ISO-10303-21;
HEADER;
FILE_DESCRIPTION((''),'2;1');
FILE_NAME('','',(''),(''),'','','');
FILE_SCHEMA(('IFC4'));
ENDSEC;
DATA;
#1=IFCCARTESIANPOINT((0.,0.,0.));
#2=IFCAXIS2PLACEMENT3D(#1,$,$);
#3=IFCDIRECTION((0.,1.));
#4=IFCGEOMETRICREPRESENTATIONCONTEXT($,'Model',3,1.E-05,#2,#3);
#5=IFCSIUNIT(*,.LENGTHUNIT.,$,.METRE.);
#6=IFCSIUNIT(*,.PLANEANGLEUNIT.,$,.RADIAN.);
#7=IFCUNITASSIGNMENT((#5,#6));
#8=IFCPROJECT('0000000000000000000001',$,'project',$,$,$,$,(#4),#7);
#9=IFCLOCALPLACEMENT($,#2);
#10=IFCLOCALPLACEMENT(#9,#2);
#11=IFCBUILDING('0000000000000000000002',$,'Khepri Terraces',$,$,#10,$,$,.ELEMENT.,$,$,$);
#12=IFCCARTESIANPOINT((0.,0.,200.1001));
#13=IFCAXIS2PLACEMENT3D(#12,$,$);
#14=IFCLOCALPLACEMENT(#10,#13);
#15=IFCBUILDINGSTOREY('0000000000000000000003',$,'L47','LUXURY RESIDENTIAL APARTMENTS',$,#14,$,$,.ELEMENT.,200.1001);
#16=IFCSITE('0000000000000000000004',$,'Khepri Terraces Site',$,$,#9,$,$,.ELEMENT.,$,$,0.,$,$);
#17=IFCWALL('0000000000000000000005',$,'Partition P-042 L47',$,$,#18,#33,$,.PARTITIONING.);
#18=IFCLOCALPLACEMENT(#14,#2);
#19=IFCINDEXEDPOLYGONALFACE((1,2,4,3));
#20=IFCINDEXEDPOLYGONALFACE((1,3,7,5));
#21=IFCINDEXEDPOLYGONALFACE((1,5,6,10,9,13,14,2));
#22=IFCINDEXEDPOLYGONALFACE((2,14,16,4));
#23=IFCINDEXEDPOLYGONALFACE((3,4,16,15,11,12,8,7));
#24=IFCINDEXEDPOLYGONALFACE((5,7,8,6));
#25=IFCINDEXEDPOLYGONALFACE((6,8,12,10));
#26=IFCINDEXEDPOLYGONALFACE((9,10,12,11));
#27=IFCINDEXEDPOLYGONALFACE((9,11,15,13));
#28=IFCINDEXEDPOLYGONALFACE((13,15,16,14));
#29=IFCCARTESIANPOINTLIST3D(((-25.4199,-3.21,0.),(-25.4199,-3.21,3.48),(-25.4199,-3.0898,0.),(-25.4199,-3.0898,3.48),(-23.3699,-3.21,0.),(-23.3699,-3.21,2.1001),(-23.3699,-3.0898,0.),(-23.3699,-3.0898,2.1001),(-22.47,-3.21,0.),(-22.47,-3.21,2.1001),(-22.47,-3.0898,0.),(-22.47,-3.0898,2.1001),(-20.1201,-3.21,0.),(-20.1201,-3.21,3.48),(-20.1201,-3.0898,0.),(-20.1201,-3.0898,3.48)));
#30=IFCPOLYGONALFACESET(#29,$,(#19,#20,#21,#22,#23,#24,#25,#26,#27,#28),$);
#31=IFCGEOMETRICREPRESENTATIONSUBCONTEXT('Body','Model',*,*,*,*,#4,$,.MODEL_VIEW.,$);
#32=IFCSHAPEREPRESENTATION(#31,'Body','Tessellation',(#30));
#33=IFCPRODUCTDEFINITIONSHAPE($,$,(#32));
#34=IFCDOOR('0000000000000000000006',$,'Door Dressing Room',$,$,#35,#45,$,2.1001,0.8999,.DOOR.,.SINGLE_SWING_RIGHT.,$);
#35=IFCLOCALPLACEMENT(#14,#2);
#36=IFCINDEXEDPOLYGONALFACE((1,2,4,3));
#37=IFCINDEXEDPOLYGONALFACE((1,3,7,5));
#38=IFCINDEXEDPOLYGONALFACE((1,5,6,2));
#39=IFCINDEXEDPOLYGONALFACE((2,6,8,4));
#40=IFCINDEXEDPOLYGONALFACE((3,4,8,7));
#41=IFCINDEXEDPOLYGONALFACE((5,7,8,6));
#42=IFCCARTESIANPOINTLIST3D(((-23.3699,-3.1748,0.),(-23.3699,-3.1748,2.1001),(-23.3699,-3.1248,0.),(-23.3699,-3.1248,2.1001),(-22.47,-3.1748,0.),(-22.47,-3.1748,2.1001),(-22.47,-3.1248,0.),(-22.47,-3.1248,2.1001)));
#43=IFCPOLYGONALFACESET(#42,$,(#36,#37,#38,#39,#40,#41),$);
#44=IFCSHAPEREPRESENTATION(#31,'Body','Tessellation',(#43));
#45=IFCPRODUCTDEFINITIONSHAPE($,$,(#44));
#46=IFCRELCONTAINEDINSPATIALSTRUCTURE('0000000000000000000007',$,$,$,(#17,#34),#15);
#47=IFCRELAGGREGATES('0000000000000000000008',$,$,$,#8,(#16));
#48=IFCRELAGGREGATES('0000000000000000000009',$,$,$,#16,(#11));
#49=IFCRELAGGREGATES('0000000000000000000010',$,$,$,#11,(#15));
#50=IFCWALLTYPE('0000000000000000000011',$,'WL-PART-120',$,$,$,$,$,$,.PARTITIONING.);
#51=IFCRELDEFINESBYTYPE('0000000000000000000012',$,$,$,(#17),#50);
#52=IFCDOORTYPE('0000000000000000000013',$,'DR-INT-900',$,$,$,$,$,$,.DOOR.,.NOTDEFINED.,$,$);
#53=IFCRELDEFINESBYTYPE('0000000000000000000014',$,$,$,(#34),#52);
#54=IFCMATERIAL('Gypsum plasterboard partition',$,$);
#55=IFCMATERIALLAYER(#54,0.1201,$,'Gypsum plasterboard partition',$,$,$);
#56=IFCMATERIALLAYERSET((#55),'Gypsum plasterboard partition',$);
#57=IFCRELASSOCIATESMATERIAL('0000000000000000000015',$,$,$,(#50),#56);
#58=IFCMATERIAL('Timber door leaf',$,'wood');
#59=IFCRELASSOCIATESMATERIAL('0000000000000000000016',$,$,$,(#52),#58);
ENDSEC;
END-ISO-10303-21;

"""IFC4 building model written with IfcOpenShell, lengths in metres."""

from ifc_helpers import new_model, si_unit, direction, frame, frame_2d, origin, place, context, subcontext, project, spatial, rectangle, extrude, material, layer, layer_set, type_object, element, fill, save


model = new_model("IFC4")

# Units and contexts
model_context = context("Model", 3, precision=1e-05, world=origin(), true_north=direction((0.0, 1.0)))
body_context = subcontext(model_context, "Body", "Model", "MODEL_VIEW")
ifc_project = project(units=[si_unit("LENGTHUNIT", "METRE"), si_unit("PLANEANGLEUNIT", "RADIAN")], contexts=[model_context])

# Site, building, storey
site_placement = place(None, origin())
site = spatial("IfcSite", under=ifc_project, at=site_placement, Name="Khepri Terraces Site", CompositionType="ELEMENT", RefElevation=0.0)
building_placement = place(site_placement, origin())
building = spatial("IfcBuilding", under=site, at=building_placement, Name="Khepri Terraces", CompositionType="ELEMENT")
storey_placement = place(building_placement, frame((0.0, 0.0, 200.1001)))
storey = spatial("IfcBuildingStorey", under=building, at=storey_placement, Name="L47", Description="LUXURY RESIDENTIAL APARTMENTS", CompositionType="ELEMENT", Elevation=200.1001)

# Shared definitions
ifc_material_1 = material(Name="Gypsum plasterboard partition")
ifc_layer_1 = layer(ifc_material_1, 0.1201, Name="Gypsum plasterboard partition")
ifc_layer_set_1 = layer_set([ifc_layer_1], Name="Gypsum plasterboard partition")
wall_type_1 = type_object("IfcWallType", Name="WL-PART-120", PredefinedType="PARTITIONING", material=ifc_layer_set_1)

# Wall, opening, door
wall_1_placement = place(storey_placement, frame((-25.4199, -3.1499, 0.0), z_axis=(0.0, 0.0, 1.0), x_axis=(1.0, 0.0, 0.0)))
wall_1 = element("IfcWall", 1, at=wall_1_placement, inside=storey, type_object=wall_type_1, Name="Partition P-042 L47", PredefinedType="PARTITIONING", context=body_context, shape_type="SweptSolid", body=[
    extrude(rectangle(XDim=5.2998, YDim=0.1201, at=frame_2d((2.6499, 0.0))), origin(), (0.0, 0.0, 1.0), 3.48),
])
opening_1_placement = place(wall_1_placement, frame((2.05, 0.0, 0.0)))
opening_1 = element("IfcOpeningElement", 2, at=opening_1_placement, cuts=wall_1, PredefinedType="OPENING", context=body_context, shape_type="SweptSolid", body=[
    extrude(rectangle(XDim=0.8999, YDim=2.1001, at=frame_2d((0.45, 1.05))), frame((0.0, 0.0701, 0.0), z_axis=(0.0, -1.0, 0.0), x_axis=(1.0, 0.0, 0.0)), (0.0, 0.0, 1.0), 0.1401),
])
ifc_material_2 = material(Name="Timber door leaf", Category="wood")
door_type_1 = type_object("IfcDoorType", Name="DR-INT-900", OperationType="NOTDEFINED", PredefinedType="DOOR", material=ifc_material_2)
door_1_placement = place(opening_1_placement, frame((0.8999, 0.0, 0.0), z_axis=(0.0, 0.0, 1.0), x_axis=(-1.0, 0.0, 0.0)))
door_1 = element("IfcDoor", 3, at=door_1_placement, inside=storey, type_object=door_type_1, Name="Door Dressing Room", OperationType="SINGLE_SWING_RIGHT", OverallHeight=2.1001, OverallWidth=0.8999, PredefinedType="DOOR", context=body_context, shape_type="SweptSolid", body=[
    extrude(rectangle(XDim=0.8999, YDim=2.1001, at=frame_2d((0.45, 1.05))), frame((0.0, 0.0249, 0.0), z_axis=(0.0, -1.0, 0.0), x_axis=(1.0, 0.0, 0.0)), (0.0, 0.0, 1.0), 0.05),
])
fill(opening_1, door_1)

save(model, "model.ifc")
